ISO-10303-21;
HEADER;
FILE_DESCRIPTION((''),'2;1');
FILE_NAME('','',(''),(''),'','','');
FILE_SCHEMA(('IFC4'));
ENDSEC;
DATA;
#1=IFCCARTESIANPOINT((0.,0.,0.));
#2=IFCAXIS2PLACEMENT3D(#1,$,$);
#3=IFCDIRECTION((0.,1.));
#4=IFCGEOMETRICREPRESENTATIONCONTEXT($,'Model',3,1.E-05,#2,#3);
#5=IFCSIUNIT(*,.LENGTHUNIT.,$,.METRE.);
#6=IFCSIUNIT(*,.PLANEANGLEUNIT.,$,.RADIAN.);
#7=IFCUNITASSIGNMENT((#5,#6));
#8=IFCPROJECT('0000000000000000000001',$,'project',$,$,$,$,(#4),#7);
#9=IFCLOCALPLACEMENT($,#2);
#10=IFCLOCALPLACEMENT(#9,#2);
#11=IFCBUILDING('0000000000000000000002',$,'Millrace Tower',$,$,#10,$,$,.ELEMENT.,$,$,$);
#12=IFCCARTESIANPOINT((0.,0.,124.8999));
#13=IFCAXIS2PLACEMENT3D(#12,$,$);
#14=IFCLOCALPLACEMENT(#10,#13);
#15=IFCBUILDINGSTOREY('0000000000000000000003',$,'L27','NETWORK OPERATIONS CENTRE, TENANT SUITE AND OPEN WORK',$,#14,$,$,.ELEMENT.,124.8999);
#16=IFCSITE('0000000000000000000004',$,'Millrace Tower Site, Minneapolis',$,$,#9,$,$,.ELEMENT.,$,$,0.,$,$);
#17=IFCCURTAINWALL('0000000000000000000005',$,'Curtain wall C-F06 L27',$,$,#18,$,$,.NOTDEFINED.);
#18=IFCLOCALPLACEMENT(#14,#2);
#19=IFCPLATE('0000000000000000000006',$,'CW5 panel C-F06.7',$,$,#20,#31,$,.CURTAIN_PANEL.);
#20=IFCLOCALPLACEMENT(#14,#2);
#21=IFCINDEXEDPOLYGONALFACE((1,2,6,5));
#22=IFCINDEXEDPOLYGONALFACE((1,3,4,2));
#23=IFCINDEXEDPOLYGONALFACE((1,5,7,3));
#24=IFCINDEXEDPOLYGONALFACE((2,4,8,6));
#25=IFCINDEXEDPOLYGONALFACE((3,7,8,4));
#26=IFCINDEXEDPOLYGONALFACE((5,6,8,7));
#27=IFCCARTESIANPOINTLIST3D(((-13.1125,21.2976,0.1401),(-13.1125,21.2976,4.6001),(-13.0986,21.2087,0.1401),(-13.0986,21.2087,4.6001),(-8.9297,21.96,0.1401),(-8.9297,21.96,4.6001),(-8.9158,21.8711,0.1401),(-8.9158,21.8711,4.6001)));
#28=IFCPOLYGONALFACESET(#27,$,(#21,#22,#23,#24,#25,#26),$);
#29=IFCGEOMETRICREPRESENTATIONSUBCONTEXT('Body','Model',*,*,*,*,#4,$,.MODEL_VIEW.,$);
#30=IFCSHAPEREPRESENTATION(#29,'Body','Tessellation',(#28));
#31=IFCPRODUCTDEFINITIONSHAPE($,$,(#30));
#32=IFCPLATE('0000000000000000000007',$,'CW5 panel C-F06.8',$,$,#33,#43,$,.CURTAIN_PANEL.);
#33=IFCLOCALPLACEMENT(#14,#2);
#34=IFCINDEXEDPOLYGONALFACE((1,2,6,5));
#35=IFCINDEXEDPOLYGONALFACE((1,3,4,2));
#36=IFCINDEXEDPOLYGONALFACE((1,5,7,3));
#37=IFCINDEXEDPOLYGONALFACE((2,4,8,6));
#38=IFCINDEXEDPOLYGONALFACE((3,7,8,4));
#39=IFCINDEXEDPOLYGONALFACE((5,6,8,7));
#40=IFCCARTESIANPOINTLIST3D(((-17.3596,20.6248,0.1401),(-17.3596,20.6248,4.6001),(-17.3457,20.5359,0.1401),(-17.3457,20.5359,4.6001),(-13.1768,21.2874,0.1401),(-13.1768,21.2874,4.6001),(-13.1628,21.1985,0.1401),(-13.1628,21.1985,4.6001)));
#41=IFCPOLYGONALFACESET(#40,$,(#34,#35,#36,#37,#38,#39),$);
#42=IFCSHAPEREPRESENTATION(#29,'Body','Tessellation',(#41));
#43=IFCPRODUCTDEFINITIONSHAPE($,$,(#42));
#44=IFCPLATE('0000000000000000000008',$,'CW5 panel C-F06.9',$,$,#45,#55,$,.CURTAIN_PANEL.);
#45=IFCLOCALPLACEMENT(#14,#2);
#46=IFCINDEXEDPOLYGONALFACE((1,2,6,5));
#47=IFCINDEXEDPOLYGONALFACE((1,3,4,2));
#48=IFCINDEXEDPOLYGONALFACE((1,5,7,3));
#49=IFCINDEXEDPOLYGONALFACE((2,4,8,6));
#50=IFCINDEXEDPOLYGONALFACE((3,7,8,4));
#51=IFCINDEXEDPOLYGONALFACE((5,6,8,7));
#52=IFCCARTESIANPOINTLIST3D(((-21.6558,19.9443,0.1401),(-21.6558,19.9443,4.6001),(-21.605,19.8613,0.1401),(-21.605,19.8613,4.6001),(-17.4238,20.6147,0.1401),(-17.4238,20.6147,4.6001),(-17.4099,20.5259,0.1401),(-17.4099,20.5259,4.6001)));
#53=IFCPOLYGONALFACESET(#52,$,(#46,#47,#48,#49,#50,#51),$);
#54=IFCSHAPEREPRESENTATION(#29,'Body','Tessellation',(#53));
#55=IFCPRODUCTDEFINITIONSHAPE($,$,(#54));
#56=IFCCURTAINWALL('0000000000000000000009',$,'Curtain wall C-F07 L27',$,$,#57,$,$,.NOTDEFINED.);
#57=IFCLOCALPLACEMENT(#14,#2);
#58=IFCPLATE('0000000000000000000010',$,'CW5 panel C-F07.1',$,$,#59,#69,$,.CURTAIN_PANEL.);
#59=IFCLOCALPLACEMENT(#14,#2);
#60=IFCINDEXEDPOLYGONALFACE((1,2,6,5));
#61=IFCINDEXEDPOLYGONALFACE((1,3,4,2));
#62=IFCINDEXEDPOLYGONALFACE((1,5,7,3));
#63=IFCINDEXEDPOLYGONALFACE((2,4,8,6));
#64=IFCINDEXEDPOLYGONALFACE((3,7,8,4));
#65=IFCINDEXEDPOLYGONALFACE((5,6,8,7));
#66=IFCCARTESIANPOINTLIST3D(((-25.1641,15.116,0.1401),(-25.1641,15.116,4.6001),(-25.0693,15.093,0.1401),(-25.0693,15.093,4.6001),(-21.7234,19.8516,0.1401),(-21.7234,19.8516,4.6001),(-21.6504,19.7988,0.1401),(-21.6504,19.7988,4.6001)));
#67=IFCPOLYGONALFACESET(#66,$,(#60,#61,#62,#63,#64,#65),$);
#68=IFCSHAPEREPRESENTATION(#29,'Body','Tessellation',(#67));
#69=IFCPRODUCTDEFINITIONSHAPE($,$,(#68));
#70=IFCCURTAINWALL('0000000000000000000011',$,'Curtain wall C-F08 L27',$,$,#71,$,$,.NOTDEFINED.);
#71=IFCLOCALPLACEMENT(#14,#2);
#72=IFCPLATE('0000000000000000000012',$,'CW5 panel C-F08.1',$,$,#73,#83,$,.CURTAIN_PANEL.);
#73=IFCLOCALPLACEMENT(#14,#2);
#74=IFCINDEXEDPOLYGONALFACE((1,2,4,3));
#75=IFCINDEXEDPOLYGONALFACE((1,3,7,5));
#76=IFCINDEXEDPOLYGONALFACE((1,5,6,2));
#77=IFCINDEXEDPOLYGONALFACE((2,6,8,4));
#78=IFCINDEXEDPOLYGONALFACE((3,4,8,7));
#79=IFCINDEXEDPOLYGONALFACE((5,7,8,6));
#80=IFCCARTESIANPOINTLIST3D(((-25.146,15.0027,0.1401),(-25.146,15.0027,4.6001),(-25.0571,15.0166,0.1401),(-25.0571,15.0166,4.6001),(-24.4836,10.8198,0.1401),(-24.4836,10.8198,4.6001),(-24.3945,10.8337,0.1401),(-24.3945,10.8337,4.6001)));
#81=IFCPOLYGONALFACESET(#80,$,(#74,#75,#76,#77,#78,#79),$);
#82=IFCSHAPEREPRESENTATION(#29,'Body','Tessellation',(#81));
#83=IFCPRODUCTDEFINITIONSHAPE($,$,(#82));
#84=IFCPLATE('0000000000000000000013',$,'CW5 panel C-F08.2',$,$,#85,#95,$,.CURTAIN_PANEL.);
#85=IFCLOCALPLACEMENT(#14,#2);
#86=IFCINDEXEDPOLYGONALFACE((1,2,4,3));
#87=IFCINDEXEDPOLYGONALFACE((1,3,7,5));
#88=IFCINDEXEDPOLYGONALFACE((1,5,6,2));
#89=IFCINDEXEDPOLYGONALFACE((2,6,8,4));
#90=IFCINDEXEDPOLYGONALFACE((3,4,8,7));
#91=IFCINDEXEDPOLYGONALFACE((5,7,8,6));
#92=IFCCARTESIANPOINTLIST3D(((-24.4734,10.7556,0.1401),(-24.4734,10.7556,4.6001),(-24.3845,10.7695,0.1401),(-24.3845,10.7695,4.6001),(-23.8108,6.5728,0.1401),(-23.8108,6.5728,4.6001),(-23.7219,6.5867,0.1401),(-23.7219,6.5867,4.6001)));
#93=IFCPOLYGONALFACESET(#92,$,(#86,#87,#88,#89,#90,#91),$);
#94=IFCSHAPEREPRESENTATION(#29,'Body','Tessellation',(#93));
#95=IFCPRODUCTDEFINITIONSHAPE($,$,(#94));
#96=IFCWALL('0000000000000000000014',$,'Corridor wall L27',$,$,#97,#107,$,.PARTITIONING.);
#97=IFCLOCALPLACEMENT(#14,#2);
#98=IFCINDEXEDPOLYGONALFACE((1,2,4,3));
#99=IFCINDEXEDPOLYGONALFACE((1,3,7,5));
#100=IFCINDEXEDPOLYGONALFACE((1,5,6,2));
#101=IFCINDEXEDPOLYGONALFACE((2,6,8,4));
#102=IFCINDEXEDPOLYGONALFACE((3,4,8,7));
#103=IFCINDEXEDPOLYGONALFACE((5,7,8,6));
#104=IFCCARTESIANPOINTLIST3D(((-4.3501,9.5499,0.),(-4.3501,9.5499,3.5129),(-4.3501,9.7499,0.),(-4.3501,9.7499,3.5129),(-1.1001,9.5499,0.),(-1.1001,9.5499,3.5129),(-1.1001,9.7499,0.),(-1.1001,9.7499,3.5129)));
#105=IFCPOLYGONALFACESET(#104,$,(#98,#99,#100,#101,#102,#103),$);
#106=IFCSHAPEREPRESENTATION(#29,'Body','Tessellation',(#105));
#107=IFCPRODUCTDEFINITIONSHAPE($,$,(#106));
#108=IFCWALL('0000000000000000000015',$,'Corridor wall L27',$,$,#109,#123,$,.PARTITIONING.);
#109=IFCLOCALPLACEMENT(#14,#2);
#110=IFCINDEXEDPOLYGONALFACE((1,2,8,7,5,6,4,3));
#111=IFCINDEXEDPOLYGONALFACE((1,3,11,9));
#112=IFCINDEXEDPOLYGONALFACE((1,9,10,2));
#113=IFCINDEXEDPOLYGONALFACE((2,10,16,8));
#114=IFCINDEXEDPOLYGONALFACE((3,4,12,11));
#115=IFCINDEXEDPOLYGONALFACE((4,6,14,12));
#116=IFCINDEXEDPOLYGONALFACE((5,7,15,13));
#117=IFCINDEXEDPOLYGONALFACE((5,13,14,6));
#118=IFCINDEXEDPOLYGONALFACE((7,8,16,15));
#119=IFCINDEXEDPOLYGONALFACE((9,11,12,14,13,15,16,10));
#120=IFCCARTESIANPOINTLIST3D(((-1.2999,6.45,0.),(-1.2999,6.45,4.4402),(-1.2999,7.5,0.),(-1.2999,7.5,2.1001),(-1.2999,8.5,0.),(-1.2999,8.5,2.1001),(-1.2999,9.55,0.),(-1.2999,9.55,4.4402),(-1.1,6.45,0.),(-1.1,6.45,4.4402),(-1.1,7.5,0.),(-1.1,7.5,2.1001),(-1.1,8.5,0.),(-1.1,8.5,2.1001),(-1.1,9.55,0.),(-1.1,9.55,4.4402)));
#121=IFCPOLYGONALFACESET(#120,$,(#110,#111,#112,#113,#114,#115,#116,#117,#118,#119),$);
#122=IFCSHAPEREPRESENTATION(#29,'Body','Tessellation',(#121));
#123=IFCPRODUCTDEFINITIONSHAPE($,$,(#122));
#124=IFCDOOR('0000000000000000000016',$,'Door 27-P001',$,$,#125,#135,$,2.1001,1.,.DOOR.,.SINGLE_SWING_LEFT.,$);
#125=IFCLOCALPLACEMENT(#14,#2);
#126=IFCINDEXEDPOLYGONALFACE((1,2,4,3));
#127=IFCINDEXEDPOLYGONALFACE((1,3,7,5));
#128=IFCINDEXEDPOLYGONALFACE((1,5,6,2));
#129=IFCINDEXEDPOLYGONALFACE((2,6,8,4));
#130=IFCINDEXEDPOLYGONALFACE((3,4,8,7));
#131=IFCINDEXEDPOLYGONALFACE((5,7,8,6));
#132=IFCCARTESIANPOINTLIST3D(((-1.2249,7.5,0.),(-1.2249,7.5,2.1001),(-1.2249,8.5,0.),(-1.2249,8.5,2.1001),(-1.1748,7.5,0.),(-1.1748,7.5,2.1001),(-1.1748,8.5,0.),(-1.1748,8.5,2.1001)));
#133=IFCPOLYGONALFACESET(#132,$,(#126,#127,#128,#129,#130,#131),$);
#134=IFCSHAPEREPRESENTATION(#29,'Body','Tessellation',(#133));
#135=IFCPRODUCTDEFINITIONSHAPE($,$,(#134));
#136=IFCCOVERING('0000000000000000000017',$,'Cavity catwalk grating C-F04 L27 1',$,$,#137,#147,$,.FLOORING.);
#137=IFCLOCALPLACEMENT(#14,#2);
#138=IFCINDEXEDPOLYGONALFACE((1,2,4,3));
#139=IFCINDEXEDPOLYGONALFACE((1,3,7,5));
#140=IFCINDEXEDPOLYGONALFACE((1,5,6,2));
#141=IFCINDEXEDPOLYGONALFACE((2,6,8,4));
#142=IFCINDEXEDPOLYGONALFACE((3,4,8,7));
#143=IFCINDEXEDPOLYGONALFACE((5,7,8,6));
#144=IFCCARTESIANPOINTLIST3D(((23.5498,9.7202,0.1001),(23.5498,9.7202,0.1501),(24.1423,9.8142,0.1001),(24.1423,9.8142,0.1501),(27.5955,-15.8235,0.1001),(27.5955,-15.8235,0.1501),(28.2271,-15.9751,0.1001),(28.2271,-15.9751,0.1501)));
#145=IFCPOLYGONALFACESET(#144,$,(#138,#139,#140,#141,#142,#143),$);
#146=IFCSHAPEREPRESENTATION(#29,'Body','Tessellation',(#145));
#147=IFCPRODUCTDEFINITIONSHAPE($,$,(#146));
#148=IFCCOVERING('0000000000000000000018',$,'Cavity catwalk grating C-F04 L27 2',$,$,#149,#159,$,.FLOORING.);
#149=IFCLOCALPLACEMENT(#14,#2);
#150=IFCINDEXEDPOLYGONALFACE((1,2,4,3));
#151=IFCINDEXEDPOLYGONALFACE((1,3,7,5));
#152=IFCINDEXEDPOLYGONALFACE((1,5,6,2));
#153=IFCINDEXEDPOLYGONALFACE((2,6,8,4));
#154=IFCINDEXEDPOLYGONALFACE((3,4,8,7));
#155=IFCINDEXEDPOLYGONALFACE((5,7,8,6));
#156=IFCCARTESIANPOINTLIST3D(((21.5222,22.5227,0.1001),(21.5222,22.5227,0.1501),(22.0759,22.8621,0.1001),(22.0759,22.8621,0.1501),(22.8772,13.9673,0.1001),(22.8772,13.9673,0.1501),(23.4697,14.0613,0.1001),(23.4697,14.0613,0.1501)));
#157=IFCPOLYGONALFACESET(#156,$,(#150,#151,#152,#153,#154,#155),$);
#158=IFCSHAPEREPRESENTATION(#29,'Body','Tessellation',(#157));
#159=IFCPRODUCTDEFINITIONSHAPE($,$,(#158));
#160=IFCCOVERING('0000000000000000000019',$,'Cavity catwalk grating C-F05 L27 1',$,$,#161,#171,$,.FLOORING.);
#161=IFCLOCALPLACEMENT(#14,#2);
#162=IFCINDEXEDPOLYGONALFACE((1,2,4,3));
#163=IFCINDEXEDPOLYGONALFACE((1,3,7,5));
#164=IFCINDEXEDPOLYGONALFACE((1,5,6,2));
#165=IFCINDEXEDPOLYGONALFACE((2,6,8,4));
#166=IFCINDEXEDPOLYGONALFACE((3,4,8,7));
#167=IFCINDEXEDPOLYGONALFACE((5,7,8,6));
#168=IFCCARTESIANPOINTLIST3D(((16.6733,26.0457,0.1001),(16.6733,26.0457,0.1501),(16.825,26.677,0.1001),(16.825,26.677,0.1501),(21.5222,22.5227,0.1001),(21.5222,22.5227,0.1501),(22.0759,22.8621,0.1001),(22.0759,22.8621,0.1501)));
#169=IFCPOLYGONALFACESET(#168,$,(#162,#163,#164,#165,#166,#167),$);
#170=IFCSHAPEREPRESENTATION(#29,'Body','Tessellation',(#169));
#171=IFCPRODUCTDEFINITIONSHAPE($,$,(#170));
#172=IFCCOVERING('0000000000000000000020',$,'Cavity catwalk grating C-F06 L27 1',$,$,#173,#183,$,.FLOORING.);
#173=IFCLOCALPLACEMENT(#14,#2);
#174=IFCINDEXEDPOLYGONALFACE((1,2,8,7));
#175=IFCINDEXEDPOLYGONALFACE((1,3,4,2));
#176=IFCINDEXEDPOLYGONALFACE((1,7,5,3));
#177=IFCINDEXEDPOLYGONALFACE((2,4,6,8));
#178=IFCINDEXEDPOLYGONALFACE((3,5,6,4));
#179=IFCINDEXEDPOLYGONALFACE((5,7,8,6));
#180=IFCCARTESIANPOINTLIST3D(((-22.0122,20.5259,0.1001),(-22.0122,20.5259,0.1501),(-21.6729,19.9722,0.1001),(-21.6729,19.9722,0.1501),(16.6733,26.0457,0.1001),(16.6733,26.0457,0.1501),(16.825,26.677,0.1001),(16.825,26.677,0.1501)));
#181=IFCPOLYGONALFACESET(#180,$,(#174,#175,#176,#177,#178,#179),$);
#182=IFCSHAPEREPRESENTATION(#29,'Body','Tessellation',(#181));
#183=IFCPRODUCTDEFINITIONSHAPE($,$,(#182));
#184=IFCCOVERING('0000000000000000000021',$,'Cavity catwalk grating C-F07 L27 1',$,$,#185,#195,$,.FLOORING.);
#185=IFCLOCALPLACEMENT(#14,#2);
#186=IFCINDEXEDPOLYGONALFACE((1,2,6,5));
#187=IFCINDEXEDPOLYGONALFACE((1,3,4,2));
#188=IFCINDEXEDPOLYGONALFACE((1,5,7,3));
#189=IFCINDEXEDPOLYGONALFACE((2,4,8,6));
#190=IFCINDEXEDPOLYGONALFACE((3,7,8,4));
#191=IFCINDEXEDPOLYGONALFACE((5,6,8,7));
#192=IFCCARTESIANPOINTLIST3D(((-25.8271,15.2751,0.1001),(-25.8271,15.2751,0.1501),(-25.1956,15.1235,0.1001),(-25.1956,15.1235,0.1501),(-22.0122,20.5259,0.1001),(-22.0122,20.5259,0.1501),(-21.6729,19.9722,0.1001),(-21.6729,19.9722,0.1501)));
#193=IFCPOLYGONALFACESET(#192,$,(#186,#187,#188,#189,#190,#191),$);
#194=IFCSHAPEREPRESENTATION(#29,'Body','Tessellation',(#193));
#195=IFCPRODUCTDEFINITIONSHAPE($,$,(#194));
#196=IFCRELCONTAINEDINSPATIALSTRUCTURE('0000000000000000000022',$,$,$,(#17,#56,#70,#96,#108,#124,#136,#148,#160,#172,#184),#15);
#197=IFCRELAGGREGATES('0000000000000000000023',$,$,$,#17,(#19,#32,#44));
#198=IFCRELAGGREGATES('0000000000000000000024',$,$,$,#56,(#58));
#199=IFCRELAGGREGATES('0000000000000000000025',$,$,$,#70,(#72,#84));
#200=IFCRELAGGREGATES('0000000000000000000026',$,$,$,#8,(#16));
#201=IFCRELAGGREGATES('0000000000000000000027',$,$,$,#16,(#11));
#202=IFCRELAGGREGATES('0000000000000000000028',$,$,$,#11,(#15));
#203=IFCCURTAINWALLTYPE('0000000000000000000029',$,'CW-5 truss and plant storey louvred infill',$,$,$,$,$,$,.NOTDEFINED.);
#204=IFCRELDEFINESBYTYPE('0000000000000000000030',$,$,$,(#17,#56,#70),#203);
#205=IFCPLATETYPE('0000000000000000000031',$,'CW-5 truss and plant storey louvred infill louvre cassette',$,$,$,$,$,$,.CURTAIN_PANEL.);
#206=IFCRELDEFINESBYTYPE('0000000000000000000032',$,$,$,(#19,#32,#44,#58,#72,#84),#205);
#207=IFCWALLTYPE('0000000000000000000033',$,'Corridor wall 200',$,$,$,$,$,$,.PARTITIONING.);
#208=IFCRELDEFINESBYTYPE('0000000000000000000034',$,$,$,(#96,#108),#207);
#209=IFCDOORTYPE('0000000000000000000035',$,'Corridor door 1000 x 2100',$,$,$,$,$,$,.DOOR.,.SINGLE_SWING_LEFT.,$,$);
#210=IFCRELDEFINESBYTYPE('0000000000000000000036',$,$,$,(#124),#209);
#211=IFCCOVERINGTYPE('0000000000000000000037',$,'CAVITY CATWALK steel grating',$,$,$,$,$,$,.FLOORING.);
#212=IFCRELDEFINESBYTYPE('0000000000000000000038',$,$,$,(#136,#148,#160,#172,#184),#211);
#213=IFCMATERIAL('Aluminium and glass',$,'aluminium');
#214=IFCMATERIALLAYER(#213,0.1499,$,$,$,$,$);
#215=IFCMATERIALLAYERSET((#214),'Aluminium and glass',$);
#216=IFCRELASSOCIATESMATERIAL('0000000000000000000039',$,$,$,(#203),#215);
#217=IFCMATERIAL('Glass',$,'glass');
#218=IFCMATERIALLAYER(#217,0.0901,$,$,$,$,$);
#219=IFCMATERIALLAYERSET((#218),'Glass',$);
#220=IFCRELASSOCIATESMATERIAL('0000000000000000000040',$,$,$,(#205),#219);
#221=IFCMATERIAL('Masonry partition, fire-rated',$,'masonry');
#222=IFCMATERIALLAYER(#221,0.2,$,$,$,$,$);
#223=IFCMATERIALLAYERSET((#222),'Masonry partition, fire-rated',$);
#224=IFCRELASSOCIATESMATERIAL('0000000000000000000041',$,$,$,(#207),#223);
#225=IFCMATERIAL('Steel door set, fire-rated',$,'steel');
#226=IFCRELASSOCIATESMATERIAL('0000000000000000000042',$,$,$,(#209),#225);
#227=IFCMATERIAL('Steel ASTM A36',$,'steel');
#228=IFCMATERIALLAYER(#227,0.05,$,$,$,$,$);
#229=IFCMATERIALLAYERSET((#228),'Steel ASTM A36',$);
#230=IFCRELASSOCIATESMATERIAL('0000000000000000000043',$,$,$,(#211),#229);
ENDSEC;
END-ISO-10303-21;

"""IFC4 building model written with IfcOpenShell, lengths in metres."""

from ifc_helpers import new_model, si_unit, direction, frame, frame_2d, origin, place, context, subcontext, project, spatial, polyline, rectangle, outline, extrude, material, layer, layer_set, type_object, element, fill, aggregate, save


model = new_model("IFC4")

# Units and contexts
model_context = context("Model", 3, precision=1e-05, world=origin(), true_north=direction((0.0, 1.0)))
body_context = subcontext(model_context, "Body", "Model", "MODEL_VIEW")
ifc_project = project(units=[si_unit("LENGTHUNIT", "METRE"), si_unit("PLANEANGLEUNIT", "RADIAN")], contexts=[model_context])

# Site, building, storey
site_placement = place(None, origin())
site = spatial("IfcSite", under=ifc_project, at=site_placement, Name="Millrace Tower Site, Minneapolis", CompositionType="ELEMENT", RefElevation=0.0)
building_placement = place(site_placement, origin())
building = spatial("IfcBuilding", under=site, at=building_placement, Name="Millrace Tower", CompositionType="ELEMENT")
storey_placement = place(building_placement, frame((0.0, 0.0, 124.8999)))
storey = spatial("IfcBuildingStorey", under=building, at=storey_placement, Name="L27", Description="NETWORK OPERATIONS CENTRE, TENANT SUITE AND OPEN WORK", CompositionType="ELEMENT", Elevation=124.8999)

# Shared definitions
ifc_material_1 = material(Name="Aluminium and glass", Category="aluminium")
ifc_layer_1 = layer(ifc_material_1, 0.1499)
ifc_layer_set_1 = layer_set([ifc_layer_1], Name="Aluminium and glass")
curtain_wall_type = type_object("IfcCurtainWallType", Name="CW-5 truss and plant storey louvred infill", PredefinedType="NOTDEFINED", material=ifc_layer_set_1)
placement_1 = place(storey_placement, origin())
ifc_material_2 = material(Name="Glass", Category="glass")
ifc_layer_2 = layer(ifc_material_2, 0.0901)
ifc_layer_set_2 = layer_set([ifc_layer_2], Name="Glass")
plate_type = type_object("IfcPlateType", Name="CW-5 truss and plant storey louvred infill louvre cassette", PredefinedType="CURTAIN_PANEL", material=ifc_layer_set_2)
placement_2 = place(storey_placement, frame((0.0, 0.0, 0.1401)))

# Curtain wall, plates
curtain_wall_1 = element("IfcCurtainWall", 1, at=placement_1, inside=storey, type_object=curtain_wall_type, Name="Curtain wall C-F06 L27", PredefinedType="NOTDEFINED")
plate_1 = element("IfcPlate", 2, at=placement_2, type_object=plate_type, Name="CW5 panel C-F06.7", PredefinedType="CURTAIN_PANEL", context=body_context, shape_type="SweptSolid", body=[
    extrude(outline(polyline([(-8.9297, 21.96), (-13.1125, 21.2976), (-13.0986, 21.2087), (-8.9158, 21.8711), (-8.9297, 21.96)])), origin(), (0.0, 0.0, 1.0), 4.46),
])
plate_2 = element("IfcPlate", 3, at=placement_2, type_object=plate_type, Name="CW5 panel C-F06.8", PredefinedType="CURTAIN_PANEL", context=body_context, shape_type="SweptSolid", body=[
    extrude(outline(polyline([(-13.1768, 21.2874), (-17.3596, 20.6248), (-17.3457, 20.5359), (-13.1628, 21.1985), (-13.1768, 21.2874)])), origin(), (0.0, 0.0, 1.0), 4.46),
])
plate_3 = element("IfcPlate", 4, at=placement_2, type_object=plate_type, Name="CW5 panel C-F06.9", PredefinedType="CURTAIN_PANEL", context=body_context, shape_type="SweptSolid", body=[
    extrude(outline(polyline([(-17.4238, 20.6147), (-21.6558, 19.9443), (-21.605, 19.8613), (-17.4099, 20.5259), (-17.4238, 20.6147)])), origin(), (0.0, 0.0, 1.0), 4.46),
])
aggregate(curtain_wall_1, [plate_1, plate_2, plate_3])

# Curtain wall, plate
curtain_wall_2 = element("IfcCurtainWall", 5, at=placement_1, inside=storey, type_object=curtain_wall_type, Name="Curtain wall C-F07 L27", PredefinedType="NOTDEFINED")
plate_4 = element("IfcPlate", 6, at=placement_2, type_object=plate_type, Name="CW5 panel C-F07.1", PredefinedType="CURTAIN_PANEL", context=body_context, shape_type="SweptSolid", body=[
    extrude(outline(polyline([(-21.7234, 19.8516), (-25.1641, 15.116), (-25.0693, 15.093), (-21.6504, 19.7988), (-21.7234, 19.8516)])), origin(), (0.0, 0.0, 1.0), 4.46),
])
aggregate(curtain_wall_2, [plate_4])

# Curtain wall, plates
curtain_wall_3 = element("IfcCurtainWall", 7, at=placement_1, inside=storey, type_object=curtain_wall_type, Name="Curtain wall C-F08 L27", PredefinedType="NOTDEFINED")
plate_5 = element("IfcPlate", 8, at=placement_2, type_object=plate_type, Name="CW5 panel C-F08.1", PredefinedType="CURTAIN_PANEL", context=body_context, shape_type="SweptSolid", body=[
    extrude(outline(polyline([(-25.146, 15.0027), (-24.4836, 10.8198), (-24.3945, 10.8337), (-25.0571, 15.0166), (-25.146, 15.0027)])), origin(), (0.0, 0.0, 1.0), 4.46),
])
plate_6 = element("IfcPlate", 9, at=placement_2, type_object=plate_type, Name="CW5 panel C-F08.2", PredefinedType="CURTAIN_PANEL", context=body_context, shape_type="SweptSolid", body=[
    extrude(outline(polyline([(-24.4734, 10.7556), (-23.8108, 6.5728), (-23.7219, 6.5867), (-24.3845, 10.7695), (-24.4734, 10.7556)])), origin(), (0.0, 0.0, 1.0), 4.46),
])
aggregate(curtain_wall_3, [plate_5, plate_6])

# Wall
ifc_material_3 = material(Name="Masonry partition, fire-rated", Category="masonry")
ifc_layer_3 = layer(ifc_material_3, 0.2)
ifc_layer_set_3 = layer_set([ifc_layer_3], Name="Masonry partition, fire-rated")
wall_type = type_object("IfcWallType", Name="Corridor wall 200", PredefinedType="PARTITIONING", material=ifc_layer_set_3)
wall_1_placement = place(storey_placement, frame((-4.3501, 9.6499, 0.0), z_axis=(0.0, 0.0, 1.0), x_axis=(1.0, 0.0, 0.0)))
element("IfcWall", 10, at=wall_1_placement, inside=storey, type_object=wall_type, Name="Corridor wall L27", PredefinedType="PARTITIONING", context=body_context, shape_type="SweptSolid", body=[
    extrude(rectangle(XDim=3.25, YDim=0.2, at=frame_2d((1.625, 0.0))), origin(), (0.0, 0.0, 1.0), 3.5129),
])

# Wall, opening, door
wall_2_placement = place(storey_placement, frame((-1.2, 6.45, 0.0), z_axis=(0.0, 0.0, 1.0), x_axis=(0.0, 1.0, 0.0)))
wall_2 = element("IfcWall", 11, at=wall_2_placement, inside=storey, type_object=wall_type, Name="Corridor wall L27", PredefinedType="PARTITIONING", context=body_context, shape_type="SweptSolid", body=[
    extrude(rectangle(XDim=3.1001, YDim=0.2, at=frame_2d((1.55, 0.0))), origin(), (0.0, 0.0, 1.0), 4.4402),
])
opening_placement = place(wall_2_placement, frame((1.05, 0.0, 0.0)))
opening = element("IfcOpeningElement", 12, at=opening_placement, cuts=wall_2, PredefinedType="OPENING", context=body_context, shape_type="SweptSolid", body=[
    extrude(rectangle(XDim=1.0, YDim=2.1001, at=frame_2d((0.5, 1.05))), frame((0.0, 0.1099, 0.0), z_axis=(0.0, -1.0, 0.0), x_axis=(1.0, 0.0, 0.0)), (0.0, 0.0, 1.0), 0.22),
])
ifc_material_4 = material(Name="Steel door set, fire-rated", Category="steel")
door_type = type_object("IfcDoorType", Name="Corridor door 1000 x 2100", OperationType="SINGLE_SWING_LEFT", PredefinedType="DOOR", material=ifc_material_4)
door_placement = place(opening_placement, origin())
door = element("IfcDoor", 13, at=door_placement, inside=storey, type_object=door_type, Name="Door 27-P001", OperationType="SINGLE_SWING_LEFT", OverallHeight=2.1001, OverallWidth=1.0, PredefinedType="DOOR", context=body_context, shape_type="SweptSolid", body=[
    extrude(rectangle(XDim=1.0, YDim=2.1001, at=frame_2d((0.5, 1.05))), frame((0.0, 0.0249, 0.0), z_axis=(0.0, -1.0, 0.0), x_axis=(1.0, 0.0, 0.0)), (0.0, 0.0, 1.0), 0.05),
])
fill(opening, door)

# Coverings
ifc_material_5 = material(Name="Steel ASTM A36", Category="steel")
ifc_layer_4 = layer(ifc_material_5, 0.05)
ifc_layer_set_4 = layer_set([ifc_layer_4], Name="Steel ASTM A36")
covering_type = type_object("IfcCoveringType", Name="CAVITY CATWALK steel grating", PredefinedType="FLOORING", material=ifc_layer_set_4)
placement_3 = place(storey_placement, frame((0.0, 0.0, 0.1001)))
element("IfcCovering", 14, at=placement_3, inside=storey, type_object=covering_type, Name="Cavity catwalk grating C-F04 L27 1", PredefinedType="FLOORING", context=body_context, shape_type="SweptSolid", body=[
    extrude(outline(polyline([(28.2271, -15.9751), (24.1423, 9.8142), (23.5498, 9.7202), (27.5955, -15.8235), (28.2271, -15.9751)])), origin(), (0.0, 0.0, 1.0), 0.05),
])
element("IfcCovering", 15, at=placement_3, inside=storey, type_object=covering_type, Name="Cavity catwalk grating C-F04 L27 2", PredefinedType="FLOORING", context=body_context, shape_type="SweptSolid", body=[
    extrude(outline(polyline([(23.4697, 14.0613), (22.0759, 22.8621), (21.5222, 22.5227), (22.8772, 13.9673), (23.4697, 14.0613)])), origin(), (0.0, 0.0, 1.0), 0.05),
])
element("IfcCovering", 16, at=placement_3, inside=storey, type_object=covering_type, Name="Cavity catwalk grating C-F05 L27 1", PredefinedType="FLOORING", context=body_context, shape_type="SweptSolid", body=[
    extrude(outline(polyline([(22.0759, 22.8621), (16.825, 26.677), (16.6733, 26.0457), (21.5222, 22.5227), (22.0759, 22.8621)])), origin(), (0.0, 0.0, 1.0), 0.05),
])
element("IfcCovering", 17, at=placement_3, inside=storey, type_object=covering_type, Name="Cavity catwalk grating C-F06 L27 1", PredefinedType="FLOORING", context=body_context, shape_type="SweptSolid", body=[
    extrude(outline(polyline([(16.825, 26.677), (-22.0122, 20.5259), (-21.6729, 19.9722), (16.6733, 26.0457), (16.825, 26.677)])), origin(), (0.0, 0.0, 1.0), 0.05),
])
element("IfcCovering", 18, at=placement_3, inside=storey, type_object=covering_type, Name="Cavity catwalk grating C-F07 L27 1", PredefinedType="FLOORING", context=body_context, shape_type="SweptSolid", body=[
    extrude(outline(polyline([(-22.0122, 20.5259), (-25.8271, 15.2751), (-25.1956, 15.1235), (-21.6729, 19.9722), (-22.0122, 20.5259)])), origin(), (0.0, 0.0, 1.0), 0.05),
])

save(model, "model.ifc")
